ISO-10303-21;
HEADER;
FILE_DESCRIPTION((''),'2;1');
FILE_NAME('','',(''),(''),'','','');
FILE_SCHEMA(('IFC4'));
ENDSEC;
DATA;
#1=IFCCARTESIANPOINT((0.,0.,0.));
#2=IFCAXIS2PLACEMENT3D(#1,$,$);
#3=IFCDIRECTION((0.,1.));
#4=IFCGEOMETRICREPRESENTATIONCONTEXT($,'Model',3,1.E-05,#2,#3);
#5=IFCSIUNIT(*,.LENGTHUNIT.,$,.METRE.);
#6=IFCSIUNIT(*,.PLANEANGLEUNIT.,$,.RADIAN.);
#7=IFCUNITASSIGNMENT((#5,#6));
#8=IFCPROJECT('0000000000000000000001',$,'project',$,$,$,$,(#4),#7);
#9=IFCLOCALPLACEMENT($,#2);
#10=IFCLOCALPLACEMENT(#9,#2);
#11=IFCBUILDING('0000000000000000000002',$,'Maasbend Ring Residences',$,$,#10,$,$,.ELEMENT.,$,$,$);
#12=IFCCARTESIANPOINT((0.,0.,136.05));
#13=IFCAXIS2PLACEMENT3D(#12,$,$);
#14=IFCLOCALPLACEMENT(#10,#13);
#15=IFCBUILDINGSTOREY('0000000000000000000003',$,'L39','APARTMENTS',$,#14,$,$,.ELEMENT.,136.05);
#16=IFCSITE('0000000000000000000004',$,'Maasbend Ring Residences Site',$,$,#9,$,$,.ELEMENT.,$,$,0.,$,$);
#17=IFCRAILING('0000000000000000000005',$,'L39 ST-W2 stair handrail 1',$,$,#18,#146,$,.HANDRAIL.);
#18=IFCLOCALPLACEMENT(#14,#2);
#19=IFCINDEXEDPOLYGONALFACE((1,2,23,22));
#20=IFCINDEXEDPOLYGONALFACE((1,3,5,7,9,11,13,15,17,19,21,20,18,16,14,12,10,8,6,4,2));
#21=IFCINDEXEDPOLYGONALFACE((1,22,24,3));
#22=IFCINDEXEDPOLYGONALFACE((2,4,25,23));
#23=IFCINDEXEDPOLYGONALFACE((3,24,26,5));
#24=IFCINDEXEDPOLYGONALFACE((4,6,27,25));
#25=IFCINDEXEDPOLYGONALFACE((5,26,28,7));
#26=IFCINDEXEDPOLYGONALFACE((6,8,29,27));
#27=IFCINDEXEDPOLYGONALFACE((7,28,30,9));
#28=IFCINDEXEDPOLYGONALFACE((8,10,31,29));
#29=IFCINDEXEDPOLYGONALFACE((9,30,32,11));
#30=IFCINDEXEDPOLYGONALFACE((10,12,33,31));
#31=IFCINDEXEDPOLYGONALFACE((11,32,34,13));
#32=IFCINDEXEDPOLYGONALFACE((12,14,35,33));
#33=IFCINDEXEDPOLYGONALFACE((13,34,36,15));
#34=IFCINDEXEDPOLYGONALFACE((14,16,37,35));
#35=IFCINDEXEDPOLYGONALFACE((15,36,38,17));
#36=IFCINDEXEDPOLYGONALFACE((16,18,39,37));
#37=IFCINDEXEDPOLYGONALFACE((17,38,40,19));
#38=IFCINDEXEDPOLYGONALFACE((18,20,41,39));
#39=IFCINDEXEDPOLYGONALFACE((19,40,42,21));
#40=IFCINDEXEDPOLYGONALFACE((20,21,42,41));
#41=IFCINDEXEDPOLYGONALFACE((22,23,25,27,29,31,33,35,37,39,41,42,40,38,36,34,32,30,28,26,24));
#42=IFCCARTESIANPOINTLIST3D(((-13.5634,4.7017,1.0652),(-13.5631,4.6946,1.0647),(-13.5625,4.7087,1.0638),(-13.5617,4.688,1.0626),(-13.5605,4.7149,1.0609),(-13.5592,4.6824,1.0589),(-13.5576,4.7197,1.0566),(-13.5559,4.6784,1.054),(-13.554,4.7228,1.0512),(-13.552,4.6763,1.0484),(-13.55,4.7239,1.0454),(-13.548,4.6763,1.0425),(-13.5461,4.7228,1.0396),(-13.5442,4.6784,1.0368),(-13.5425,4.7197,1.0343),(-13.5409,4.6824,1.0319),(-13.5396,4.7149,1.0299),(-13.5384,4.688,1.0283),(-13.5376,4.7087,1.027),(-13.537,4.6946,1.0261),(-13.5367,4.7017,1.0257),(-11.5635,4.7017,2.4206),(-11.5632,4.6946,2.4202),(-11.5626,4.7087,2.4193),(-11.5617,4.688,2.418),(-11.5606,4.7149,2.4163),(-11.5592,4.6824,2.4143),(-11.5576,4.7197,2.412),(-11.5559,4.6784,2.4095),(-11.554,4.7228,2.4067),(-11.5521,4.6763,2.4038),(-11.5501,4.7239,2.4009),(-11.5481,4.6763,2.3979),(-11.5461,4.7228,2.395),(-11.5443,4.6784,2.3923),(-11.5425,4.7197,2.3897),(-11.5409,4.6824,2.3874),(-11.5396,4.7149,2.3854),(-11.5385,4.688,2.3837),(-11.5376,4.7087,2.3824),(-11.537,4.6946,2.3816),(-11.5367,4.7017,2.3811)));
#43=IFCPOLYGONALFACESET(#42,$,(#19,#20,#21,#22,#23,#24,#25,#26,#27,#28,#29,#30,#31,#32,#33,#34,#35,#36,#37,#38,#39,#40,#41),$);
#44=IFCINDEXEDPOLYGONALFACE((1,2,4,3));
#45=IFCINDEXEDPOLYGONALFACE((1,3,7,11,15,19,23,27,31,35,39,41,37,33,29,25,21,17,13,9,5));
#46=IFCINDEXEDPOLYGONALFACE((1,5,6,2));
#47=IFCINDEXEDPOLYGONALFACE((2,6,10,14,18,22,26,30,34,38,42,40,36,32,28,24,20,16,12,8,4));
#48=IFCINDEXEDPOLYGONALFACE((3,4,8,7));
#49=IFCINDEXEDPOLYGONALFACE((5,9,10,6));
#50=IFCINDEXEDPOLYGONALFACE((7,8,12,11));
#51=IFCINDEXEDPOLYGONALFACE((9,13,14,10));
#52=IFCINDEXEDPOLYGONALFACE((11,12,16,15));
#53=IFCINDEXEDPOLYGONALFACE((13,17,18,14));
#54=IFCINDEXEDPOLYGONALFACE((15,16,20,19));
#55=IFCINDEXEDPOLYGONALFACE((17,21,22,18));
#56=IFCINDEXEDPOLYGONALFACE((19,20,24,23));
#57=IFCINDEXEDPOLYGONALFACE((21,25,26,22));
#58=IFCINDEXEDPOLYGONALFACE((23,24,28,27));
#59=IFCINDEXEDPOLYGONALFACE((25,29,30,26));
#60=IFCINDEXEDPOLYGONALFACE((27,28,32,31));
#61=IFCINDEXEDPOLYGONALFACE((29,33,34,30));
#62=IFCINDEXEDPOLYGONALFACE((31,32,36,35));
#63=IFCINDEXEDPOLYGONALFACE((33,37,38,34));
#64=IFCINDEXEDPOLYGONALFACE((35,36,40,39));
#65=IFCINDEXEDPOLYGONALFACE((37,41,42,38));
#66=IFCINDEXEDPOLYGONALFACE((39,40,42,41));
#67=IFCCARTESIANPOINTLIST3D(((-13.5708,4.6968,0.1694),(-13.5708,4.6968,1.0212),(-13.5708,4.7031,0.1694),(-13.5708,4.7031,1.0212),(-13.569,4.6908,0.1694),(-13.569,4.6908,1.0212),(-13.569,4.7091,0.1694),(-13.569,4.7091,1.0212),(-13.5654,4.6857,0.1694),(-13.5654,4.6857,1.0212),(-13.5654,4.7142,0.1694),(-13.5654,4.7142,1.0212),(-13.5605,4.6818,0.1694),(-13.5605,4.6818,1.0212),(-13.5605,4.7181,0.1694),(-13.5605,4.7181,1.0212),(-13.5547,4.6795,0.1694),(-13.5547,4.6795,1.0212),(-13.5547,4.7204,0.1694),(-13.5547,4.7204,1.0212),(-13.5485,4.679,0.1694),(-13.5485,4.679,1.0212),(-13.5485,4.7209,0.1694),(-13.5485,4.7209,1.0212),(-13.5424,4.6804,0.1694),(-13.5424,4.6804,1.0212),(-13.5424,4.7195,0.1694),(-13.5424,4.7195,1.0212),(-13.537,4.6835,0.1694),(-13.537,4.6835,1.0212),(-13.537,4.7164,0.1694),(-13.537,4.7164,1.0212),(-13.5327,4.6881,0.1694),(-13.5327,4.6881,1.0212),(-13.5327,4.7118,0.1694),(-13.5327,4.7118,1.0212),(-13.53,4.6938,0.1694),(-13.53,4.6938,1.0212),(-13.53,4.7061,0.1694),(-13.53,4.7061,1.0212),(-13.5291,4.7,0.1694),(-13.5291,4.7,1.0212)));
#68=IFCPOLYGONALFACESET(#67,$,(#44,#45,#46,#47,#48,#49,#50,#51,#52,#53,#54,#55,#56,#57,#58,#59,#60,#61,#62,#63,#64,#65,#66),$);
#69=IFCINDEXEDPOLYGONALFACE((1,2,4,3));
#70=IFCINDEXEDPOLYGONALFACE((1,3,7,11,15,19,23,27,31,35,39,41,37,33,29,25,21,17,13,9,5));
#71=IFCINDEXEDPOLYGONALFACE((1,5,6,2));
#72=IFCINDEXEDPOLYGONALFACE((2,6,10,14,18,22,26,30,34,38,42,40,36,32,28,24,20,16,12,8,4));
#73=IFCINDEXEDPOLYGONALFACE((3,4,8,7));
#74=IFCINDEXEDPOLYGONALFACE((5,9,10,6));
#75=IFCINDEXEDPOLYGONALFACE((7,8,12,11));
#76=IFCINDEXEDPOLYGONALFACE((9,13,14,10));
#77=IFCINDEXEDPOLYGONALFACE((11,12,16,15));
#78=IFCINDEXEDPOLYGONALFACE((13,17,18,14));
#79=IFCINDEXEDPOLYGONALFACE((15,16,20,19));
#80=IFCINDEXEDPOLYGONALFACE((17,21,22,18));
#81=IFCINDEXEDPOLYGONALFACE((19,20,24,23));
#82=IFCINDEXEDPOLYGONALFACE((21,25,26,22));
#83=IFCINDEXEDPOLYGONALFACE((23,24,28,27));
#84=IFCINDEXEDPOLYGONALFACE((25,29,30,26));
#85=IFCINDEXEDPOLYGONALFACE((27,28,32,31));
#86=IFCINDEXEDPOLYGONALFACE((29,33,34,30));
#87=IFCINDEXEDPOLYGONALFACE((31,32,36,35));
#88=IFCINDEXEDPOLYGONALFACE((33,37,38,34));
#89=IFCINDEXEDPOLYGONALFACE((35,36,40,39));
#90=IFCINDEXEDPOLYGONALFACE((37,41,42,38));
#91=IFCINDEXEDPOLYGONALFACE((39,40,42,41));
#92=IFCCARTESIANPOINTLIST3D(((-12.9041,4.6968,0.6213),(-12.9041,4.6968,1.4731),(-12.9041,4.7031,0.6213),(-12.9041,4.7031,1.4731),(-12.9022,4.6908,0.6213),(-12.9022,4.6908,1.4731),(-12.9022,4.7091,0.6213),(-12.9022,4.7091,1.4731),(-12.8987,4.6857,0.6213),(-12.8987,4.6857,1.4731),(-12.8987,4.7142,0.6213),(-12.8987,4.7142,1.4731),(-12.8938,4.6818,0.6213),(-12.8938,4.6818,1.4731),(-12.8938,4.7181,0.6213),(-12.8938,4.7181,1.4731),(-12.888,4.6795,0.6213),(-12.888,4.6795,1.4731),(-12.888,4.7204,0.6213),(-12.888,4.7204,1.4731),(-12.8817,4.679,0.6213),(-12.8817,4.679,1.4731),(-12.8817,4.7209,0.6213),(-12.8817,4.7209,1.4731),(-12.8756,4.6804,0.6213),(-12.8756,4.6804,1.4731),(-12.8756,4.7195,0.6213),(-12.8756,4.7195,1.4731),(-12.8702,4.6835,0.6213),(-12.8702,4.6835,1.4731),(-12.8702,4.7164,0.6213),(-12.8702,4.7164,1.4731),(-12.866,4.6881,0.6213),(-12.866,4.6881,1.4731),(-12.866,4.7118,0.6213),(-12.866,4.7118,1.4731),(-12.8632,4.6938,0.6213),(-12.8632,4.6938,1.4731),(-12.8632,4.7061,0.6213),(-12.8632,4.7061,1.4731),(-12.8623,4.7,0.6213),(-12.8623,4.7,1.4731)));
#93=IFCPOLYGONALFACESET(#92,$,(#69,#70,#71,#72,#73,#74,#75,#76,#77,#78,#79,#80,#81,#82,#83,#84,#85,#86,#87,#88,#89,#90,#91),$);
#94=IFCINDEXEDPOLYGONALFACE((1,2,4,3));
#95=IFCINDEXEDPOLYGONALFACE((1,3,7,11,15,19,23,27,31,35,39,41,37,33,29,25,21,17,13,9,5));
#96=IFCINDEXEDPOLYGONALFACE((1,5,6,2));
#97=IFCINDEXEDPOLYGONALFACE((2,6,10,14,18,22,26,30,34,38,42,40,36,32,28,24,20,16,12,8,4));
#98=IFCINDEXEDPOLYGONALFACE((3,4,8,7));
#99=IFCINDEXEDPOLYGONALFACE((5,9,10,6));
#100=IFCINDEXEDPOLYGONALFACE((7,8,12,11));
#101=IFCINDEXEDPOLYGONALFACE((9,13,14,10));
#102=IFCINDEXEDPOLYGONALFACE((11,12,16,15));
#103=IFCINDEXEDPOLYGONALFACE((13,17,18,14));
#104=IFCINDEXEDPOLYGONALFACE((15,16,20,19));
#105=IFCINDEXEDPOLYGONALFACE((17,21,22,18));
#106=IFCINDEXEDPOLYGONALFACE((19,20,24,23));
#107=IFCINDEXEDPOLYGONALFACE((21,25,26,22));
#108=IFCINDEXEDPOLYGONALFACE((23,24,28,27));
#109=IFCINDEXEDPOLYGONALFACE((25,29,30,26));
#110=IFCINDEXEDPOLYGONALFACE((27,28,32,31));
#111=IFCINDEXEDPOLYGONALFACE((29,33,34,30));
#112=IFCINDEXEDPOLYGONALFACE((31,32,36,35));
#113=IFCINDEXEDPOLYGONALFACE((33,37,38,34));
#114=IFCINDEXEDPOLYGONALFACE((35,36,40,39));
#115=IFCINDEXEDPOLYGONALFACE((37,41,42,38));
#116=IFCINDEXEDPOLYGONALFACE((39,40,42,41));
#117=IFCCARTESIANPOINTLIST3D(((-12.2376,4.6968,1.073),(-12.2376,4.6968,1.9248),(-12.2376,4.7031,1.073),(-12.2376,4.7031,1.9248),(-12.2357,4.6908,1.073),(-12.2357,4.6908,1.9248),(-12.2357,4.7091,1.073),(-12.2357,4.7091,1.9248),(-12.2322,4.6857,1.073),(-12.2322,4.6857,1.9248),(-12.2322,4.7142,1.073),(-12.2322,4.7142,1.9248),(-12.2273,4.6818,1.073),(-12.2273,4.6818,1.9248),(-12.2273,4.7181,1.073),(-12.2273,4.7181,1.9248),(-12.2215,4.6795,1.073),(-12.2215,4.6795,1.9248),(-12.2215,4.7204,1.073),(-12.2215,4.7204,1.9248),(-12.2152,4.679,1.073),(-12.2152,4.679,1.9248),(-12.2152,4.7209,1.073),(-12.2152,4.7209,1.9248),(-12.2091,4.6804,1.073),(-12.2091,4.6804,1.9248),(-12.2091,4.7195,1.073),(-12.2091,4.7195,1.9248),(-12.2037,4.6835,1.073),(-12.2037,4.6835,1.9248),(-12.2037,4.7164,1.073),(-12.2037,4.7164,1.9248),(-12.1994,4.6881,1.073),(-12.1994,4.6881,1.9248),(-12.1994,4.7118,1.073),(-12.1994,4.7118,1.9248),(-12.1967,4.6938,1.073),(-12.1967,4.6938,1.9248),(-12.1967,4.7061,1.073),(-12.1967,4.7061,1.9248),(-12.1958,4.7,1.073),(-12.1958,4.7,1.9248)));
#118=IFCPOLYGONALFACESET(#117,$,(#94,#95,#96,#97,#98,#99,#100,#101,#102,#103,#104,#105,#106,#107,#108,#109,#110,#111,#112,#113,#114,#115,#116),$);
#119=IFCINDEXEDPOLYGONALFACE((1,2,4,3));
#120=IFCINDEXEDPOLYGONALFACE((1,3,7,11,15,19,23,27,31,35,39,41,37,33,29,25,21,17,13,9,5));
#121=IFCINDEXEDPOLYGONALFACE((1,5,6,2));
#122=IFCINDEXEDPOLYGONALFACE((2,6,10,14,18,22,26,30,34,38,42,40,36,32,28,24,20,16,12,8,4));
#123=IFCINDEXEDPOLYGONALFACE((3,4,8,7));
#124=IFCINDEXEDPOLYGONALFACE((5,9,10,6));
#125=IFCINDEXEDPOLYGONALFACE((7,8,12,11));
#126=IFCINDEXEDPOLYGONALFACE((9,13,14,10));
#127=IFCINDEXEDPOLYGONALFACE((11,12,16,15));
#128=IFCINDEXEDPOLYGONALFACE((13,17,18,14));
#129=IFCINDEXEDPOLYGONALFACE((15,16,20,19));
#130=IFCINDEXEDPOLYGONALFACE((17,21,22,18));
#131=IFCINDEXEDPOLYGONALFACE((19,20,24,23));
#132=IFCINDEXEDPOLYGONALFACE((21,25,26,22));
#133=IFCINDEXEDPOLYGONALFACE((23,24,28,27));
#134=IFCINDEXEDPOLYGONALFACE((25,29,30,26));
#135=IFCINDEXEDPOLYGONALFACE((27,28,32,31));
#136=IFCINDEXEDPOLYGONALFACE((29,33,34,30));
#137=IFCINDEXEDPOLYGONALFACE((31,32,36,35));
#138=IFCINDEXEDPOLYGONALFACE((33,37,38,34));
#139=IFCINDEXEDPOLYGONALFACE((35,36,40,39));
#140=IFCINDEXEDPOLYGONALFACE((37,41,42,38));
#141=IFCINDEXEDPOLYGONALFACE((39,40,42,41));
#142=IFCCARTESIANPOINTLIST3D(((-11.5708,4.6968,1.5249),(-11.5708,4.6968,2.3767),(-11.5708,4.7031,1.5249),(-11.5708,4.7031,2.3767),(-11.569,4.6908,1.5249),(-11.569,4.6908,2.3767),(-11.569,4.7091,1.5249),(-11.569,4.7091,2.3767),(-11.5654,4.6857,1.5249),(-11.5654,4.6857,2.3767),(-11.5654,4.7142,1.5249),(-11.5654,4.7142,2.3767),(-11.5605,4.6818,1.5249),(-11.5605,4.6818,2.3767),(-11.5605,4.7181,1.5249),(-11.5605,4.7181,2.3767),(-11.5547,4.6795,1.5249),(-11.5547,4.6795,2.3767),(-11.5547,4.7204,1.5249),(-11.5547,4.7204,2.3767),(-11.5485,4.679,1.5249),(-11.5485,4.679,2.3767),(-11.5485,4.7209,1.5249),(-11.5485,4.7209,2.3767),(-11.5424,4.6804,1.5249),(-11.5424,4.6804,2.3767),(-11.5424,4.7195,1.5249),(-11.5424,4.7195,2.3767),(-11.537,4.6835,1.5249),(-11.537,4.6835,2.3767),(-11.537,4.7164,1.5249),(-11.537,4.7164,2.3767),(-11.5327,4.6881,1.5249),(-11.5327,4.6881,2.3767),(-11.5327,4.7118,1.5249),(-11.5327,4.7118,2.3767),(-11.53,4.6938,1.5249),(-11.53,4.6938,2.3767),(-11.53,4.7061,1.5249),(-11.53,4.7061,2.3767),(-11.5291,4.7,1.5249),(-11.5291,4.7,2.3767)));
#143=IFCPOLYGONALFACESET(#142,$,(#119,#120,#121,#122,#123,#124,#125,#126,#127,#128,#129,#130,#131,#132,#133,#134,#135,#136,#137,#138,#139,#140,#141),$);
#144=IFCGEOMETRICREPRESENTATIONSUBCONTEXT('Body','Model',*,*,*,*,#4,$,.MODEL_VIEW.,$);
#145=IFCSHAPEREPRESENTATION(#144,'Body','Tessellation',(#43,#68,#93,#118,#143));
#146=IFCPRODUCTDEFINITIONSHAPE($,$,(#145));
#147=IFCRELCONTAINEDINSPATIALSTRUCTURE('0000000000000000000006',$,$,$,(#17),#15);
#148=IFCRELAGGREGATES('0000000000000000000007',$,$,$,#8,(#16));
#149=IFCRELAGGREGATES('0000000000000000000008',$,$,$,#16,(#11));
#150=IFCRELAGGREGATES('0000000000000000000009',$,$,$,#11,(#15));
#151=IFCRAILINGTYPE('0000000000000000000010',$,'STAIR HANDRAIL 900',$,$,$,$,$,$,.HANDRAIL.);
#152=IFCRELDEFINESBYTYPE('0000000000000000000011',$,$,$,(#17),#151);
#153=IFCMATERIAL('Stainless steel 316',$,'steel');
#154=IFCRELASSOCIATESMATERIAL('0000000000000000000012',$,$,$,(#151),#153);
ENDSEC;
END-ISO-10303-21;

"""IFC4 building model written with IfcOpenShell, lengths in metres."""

from ifc_helpers import new_model, si_unit, direction, frame, origin, origin_2d, place, context, subcontext, project, spatial, circle, extrude, material, type_object, element, save


model = new_model("IFC4")

# Units and contexts
model_context = context("Model", 3, precision=1e-05, world=origin(), true_north=direction((0.0, 1.0)))
body_context = subcontext(model_context, "Body", "Model", "MODEL_VIEW")
ifc_project = project(units=[si_unit("LENGTHUNIT", "METRE"), si_unit("PLANEANGLEUNIT", "RADIAN")], contexts=[model_context])

# Site, building, storey
site_placement = place(None, origin())
site = spatial("IfcSite", under=ifc_project, at=site_placement, Name="Maasbend Ring Residences Site", CompositionType="ELEMENT", RefElevation=0.0)
building_placement = place(site_placement, origin())
building = spatial("IfcBuilding", under=site, at=building_placement, Name="Maasbend Ring Residences", CompositionType="ELEMENT")
storey_placement = place(building_placement, frame((0.0, 0.0, 136.05)))
storey = spatial("IfcBuildingStorey", under=building, at=storey_placement, Name="L39", Description="APARTMENTS", CompositionType="ELEMENT", Elevation=136.05)

# Railing
ifc_material_1 = material(Name="Stainless steel 316", Category="steel")
railing_type_1 = type_object("IfcRailingType", Name="STAIR HANDRAIL 900", PredefinedType="HANDRAIL", material=ifc_material_1)
railing_1_placement = place(storey_placement, frame((-13.55, 4.7, 0.1694)))
element("IfcRailing", 1, at=railing_1_placement, inside=storey, type_object=railing_type_1, Name="L39 ST-W2 stair handrail 1", PredefinedType="HANDRAIL", context=body_context, shape_type="SweptSolid", body=[
    extrude(circle(Radius=0.0239, at=origin_2d()), frame((0.0, 0.0, 0.876), z_axis=(0.827798, 0.0, 0.561027), x_axis=(0.0, 1.0, 0.0)), (0.0, 0.0, 1.0), 2.416),
    extrude(circle(Radius=0.021, at=origin_2d()), origin(), (0.0, 0.0, 1.0), 0.8518),
    extrude(circle(Radius=0.021, at=origin_2d()), frame((0.6667, 0.0, 0.4519)), (0.0, 0.0, 1.0), 0.8518),
    extrude(circle(Radius=0.021, at=origin_2d()), frame((1.3333, 0.0, 0.9036)), (0.0, 0.0, 1.0), 0.8518),
    extrude(circle(Radius=0.021, at=origin_2d()), frame((2.0, 0.0, 1.3555)), (0.0, 0.0, 1.0), 0.8518),
])

save(model, "model.ifc")
